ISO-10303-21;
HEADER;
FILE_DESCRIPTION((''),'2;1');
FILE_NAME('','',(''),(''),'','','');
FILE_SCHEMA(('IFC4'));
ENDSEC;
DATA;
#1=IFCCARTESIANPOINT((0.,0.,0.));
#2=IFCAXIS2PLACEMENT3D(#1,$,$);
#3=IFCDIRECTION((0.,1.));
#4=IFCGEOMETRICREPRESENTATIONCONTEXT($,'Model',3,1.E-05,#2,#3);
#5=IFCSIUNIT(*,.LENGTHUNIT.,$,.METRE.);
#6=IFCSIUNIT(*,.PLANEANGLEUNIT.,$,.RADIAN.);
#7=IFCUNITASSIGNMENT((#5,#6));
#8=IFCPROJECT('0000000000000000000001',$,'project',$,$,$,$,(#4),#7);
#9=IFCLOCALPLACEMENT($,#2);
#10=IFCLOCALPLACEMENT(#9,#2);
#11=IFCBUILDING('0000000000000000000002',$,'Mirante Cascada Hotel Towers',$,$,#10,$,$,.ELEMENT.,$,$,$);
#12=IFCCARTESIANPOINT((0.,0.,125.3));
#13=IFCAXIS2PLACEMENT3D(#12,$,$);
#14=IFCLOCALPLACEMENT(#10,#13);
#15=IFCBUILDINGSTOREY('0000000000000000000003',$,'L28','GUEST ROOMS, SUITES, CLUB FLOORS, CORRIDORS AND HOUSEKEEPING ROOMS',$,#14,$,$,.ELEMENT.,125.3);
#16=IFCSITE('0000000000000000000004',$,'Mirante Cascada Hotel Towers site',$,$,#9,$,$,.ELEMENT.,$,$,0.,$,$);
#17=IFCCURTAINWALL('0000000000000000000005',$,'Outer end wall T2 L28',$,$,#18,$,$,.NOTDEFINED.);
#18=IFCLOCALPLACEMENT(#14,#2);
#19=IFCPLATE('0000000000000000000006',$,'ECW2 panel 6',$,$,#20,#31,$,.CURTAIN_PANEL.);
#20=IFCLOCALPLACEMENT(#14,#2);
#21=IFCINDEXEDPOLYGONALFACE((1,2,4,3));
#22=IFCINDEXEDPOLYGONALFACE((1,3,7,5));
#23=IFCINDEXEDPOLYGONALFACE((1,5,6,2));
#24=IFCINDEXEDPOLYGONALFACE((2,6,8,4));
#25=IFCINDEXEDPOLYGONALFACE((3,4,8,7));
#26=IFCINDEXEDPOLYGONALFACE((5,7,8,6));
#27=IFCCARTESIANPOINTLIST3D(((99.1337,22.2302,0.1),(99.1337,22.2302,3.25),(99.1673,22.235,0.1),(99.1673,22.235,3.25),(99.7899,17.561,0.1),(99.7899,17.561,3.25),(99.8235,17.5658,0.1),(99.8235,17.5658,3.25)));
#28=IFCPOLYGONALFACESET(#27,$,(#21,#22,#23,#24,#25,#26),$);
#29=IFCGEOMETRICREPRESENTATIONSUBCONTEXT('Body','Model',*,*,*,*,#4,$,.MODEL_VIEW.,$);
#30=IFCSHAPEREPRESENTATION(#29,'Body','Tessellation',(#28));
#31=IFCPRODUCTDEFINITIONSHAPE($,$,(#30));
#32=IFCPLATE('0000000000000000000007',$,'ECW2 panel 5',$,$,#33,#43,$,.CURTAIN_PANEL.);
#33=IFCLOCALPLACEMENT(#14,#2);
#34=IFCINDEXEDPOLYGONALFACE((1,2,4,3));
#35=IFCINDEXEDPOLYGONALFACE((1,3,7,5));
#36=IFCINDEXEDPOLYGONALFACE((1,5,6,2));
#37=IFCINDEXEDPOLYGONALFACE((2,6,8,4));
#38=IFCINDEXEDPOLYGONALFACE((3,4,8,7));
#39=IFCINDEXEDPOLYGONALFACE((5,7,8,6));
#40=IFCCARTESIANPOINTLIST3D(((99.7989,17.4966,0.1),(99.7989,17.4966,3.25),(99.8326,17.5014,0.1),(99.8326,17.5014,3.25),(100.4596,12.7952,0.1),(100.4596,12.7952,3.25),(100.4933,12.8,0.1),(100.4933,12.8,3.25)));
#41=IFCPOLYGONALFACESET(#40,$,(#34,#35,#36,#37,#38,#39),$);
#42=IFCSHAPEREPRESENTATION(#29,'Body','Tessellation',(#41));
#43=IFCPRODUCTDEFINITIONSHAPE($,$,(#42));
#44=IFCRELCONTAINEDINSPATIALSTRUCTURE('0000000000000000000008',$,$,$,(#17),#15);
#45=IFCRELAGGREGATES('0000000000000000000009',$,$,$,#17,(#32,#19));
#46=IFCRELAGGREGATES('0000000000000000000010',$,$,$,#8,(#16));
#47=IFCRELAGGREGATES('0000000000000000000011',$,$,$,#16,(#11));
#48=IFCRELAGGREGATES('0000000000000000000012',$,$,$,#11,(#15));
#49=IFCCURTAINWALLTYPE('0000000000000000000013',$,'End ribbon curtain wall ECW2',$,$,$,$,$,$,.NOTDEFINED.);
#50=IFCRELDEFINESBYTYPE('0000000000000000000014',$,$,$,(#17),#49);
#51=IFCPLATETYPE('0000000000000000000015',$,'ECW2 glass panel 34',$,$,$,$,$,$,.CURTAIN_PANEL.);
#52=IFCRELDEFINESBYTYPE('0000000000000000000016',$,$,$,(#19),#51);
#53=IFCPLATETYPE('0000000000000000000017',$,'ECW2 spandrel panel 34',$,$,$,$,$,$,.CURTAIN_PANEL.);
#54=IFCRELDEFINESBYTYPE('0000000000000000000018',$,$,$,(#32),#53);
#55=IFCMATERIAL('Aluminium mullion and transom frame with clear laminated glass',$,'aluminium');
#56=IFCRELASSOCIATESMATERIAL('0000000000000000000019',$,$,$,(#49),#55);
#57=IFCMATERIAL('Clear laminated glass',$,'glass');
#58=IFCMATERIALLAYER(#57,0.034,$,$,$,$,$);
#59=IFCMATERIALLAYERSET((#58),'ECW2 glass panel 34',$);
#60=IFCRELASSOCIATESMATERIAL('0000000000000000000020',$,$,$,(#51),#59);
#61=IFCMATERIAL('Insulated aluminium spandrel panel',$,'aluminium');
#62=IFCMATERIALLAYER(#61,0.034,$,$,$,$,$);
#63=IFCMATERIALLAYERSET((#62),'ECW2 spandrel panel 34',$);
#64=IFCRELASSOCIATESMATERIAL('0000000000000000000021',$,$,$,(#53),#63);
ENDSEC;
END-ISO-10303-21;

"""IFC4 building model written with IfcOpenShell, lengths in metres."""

from ifc_helpers import new_model, si_unit, direction, frame, origin, origin_2d, place, context, subcontext, project, spatial, rectangle, extrude, material, layer, layer_set, type_object, element, aggregate, save


model = new_model("IFC4")

# Units and contexts
model_context = context("Model", 3, precision=1e-05, world=origin(), true_north=direction((0.0, 1.0)))
body_context = subcontext(model_context, "Body", "Model", "MODEL_VIEW")
ifc_project = project(units=[si_unit("LENGTHUNIT", "METRE"), si_unit("PLANEANGLEUNIT", "RADIAN")], contexts=[model_context])

# Site, building, storey
site_placement = place(None, origin())
site = spatial("IfcSite", under=ifc_project, at=site_placement, Name="Mirante Cascada Hotel Towers site", CompositionType="ELEMENT", RefElevation=0.0)
building_placement = place(site_placement, origin())
building = spatial("IfcBuilding", under=site, at=building_placement, Name="Mirante Cascada Hotel Towers", CompositionType="ELEMENT")
storey_placement = place(building_placement, frame((0.0, 0.0, 125.3)))
storey = spatial("IfcBuildingStorey", under=building, at=storey_placement, Name="L28", Description="GUEST ROOMS, SUITES, CLUB FLOORS, CORRIDORS AND HOUSEKEEPING ROOMS", CompositionType="ELEMENT", Elevation=125.3)

# Curtain wall
ifc_material_1 = material(Name="Aluminium mullion and transom frame with clear laminated glass", Category="aluminium")
curtain_wall_type_1 = type_object("IfcCurtainWallType", Name="End ribbon curtain wall ECW2", PredefinedType="NOTDEFINED", material=ifc_material_1)
curtain_wall_1_placement = place(storey_placement, origin())
curtain_wall_1 = element("IfcCurtainWall", 1, at=curtain_wall_1_placement, inside=storey, type_object=curtain_wall_type_1, Name="Outer end wall T2 L28", PredefinedType="NOTDEFINED")

# Plates
ifc_material_2 = material(Name="Clear laminated glass", Category="glass")
ifc_layer_1 = layer(ifc_material_2, 0.034)
ifc_layer_set_1 = layer_set([ifc_layer_1], Name="ECW2 glass panel 34")
plate_type_1 = type_object("IfcPlateType", Name="ECW2 glass panel 34", PredefinedType="CURTAIN_PANEL", material=ifc_layer_set_1)
plate_1_placement = place(storey_placement, frame((99.4786, 19.898, 0.1), z_axis=(0.0, 0.0, 1.0), x_axis=(-0.139173, 0.990268, 0.0)))
plate_1 = element("IfcPlate", 2, at=plate_1_placement, type_object=plate_type_1, Name="ECW2 panel 6", PredefinedType="CURTAIN_PANEL", context=body_context, shape_type="SweptSolid", body=[
    extrude(rectangle(XDim=4.7151, YDim=0.034, at=origin_2d()), origin(), (0.0, 0.0, 1.0), 3.15),
])
ifc_material_3 = material(Name="Insulated aluminium spandrel panel", Category="aluminium")
ifc_layer_2 = layer(ifc_material_3, 0.034)
ifc_layer_set_2 = layer_set([ifc_layer_2], Name="ECW2 spandrel panel 34")
plate_type_2 = type_object("IfcPlateType", Name="ECW2 spandrel panel 34", PredefinedType="CURTAIN_PANEL", material=ifc_layer_set_2)
plate_2_placement = place(storey_placement, frame((100.1461, 15.1483, 0.1), z_axis=(0.0, 0.0, 1.0), x_axis=(-0.139173, 0.990268, 0.0)))
plate_2 = element("IfcPlate", 3, at=plate_2_placement, type_object=plate_type_2, Name="ECW2 panel 5", PredefinedType="CURTAIN_PANEL", context=body_context, shape_type="SweptSolid", body=[
    extrude(rectangle(XDim=4.7476, YDim=0.034, at=origin_2d()), origin(), (0.0, 0.0, 1.0), 3.15),
])
aggregate(curtain_wall_1, [plate_2, plate_1])

save(model, "model.ifc")
